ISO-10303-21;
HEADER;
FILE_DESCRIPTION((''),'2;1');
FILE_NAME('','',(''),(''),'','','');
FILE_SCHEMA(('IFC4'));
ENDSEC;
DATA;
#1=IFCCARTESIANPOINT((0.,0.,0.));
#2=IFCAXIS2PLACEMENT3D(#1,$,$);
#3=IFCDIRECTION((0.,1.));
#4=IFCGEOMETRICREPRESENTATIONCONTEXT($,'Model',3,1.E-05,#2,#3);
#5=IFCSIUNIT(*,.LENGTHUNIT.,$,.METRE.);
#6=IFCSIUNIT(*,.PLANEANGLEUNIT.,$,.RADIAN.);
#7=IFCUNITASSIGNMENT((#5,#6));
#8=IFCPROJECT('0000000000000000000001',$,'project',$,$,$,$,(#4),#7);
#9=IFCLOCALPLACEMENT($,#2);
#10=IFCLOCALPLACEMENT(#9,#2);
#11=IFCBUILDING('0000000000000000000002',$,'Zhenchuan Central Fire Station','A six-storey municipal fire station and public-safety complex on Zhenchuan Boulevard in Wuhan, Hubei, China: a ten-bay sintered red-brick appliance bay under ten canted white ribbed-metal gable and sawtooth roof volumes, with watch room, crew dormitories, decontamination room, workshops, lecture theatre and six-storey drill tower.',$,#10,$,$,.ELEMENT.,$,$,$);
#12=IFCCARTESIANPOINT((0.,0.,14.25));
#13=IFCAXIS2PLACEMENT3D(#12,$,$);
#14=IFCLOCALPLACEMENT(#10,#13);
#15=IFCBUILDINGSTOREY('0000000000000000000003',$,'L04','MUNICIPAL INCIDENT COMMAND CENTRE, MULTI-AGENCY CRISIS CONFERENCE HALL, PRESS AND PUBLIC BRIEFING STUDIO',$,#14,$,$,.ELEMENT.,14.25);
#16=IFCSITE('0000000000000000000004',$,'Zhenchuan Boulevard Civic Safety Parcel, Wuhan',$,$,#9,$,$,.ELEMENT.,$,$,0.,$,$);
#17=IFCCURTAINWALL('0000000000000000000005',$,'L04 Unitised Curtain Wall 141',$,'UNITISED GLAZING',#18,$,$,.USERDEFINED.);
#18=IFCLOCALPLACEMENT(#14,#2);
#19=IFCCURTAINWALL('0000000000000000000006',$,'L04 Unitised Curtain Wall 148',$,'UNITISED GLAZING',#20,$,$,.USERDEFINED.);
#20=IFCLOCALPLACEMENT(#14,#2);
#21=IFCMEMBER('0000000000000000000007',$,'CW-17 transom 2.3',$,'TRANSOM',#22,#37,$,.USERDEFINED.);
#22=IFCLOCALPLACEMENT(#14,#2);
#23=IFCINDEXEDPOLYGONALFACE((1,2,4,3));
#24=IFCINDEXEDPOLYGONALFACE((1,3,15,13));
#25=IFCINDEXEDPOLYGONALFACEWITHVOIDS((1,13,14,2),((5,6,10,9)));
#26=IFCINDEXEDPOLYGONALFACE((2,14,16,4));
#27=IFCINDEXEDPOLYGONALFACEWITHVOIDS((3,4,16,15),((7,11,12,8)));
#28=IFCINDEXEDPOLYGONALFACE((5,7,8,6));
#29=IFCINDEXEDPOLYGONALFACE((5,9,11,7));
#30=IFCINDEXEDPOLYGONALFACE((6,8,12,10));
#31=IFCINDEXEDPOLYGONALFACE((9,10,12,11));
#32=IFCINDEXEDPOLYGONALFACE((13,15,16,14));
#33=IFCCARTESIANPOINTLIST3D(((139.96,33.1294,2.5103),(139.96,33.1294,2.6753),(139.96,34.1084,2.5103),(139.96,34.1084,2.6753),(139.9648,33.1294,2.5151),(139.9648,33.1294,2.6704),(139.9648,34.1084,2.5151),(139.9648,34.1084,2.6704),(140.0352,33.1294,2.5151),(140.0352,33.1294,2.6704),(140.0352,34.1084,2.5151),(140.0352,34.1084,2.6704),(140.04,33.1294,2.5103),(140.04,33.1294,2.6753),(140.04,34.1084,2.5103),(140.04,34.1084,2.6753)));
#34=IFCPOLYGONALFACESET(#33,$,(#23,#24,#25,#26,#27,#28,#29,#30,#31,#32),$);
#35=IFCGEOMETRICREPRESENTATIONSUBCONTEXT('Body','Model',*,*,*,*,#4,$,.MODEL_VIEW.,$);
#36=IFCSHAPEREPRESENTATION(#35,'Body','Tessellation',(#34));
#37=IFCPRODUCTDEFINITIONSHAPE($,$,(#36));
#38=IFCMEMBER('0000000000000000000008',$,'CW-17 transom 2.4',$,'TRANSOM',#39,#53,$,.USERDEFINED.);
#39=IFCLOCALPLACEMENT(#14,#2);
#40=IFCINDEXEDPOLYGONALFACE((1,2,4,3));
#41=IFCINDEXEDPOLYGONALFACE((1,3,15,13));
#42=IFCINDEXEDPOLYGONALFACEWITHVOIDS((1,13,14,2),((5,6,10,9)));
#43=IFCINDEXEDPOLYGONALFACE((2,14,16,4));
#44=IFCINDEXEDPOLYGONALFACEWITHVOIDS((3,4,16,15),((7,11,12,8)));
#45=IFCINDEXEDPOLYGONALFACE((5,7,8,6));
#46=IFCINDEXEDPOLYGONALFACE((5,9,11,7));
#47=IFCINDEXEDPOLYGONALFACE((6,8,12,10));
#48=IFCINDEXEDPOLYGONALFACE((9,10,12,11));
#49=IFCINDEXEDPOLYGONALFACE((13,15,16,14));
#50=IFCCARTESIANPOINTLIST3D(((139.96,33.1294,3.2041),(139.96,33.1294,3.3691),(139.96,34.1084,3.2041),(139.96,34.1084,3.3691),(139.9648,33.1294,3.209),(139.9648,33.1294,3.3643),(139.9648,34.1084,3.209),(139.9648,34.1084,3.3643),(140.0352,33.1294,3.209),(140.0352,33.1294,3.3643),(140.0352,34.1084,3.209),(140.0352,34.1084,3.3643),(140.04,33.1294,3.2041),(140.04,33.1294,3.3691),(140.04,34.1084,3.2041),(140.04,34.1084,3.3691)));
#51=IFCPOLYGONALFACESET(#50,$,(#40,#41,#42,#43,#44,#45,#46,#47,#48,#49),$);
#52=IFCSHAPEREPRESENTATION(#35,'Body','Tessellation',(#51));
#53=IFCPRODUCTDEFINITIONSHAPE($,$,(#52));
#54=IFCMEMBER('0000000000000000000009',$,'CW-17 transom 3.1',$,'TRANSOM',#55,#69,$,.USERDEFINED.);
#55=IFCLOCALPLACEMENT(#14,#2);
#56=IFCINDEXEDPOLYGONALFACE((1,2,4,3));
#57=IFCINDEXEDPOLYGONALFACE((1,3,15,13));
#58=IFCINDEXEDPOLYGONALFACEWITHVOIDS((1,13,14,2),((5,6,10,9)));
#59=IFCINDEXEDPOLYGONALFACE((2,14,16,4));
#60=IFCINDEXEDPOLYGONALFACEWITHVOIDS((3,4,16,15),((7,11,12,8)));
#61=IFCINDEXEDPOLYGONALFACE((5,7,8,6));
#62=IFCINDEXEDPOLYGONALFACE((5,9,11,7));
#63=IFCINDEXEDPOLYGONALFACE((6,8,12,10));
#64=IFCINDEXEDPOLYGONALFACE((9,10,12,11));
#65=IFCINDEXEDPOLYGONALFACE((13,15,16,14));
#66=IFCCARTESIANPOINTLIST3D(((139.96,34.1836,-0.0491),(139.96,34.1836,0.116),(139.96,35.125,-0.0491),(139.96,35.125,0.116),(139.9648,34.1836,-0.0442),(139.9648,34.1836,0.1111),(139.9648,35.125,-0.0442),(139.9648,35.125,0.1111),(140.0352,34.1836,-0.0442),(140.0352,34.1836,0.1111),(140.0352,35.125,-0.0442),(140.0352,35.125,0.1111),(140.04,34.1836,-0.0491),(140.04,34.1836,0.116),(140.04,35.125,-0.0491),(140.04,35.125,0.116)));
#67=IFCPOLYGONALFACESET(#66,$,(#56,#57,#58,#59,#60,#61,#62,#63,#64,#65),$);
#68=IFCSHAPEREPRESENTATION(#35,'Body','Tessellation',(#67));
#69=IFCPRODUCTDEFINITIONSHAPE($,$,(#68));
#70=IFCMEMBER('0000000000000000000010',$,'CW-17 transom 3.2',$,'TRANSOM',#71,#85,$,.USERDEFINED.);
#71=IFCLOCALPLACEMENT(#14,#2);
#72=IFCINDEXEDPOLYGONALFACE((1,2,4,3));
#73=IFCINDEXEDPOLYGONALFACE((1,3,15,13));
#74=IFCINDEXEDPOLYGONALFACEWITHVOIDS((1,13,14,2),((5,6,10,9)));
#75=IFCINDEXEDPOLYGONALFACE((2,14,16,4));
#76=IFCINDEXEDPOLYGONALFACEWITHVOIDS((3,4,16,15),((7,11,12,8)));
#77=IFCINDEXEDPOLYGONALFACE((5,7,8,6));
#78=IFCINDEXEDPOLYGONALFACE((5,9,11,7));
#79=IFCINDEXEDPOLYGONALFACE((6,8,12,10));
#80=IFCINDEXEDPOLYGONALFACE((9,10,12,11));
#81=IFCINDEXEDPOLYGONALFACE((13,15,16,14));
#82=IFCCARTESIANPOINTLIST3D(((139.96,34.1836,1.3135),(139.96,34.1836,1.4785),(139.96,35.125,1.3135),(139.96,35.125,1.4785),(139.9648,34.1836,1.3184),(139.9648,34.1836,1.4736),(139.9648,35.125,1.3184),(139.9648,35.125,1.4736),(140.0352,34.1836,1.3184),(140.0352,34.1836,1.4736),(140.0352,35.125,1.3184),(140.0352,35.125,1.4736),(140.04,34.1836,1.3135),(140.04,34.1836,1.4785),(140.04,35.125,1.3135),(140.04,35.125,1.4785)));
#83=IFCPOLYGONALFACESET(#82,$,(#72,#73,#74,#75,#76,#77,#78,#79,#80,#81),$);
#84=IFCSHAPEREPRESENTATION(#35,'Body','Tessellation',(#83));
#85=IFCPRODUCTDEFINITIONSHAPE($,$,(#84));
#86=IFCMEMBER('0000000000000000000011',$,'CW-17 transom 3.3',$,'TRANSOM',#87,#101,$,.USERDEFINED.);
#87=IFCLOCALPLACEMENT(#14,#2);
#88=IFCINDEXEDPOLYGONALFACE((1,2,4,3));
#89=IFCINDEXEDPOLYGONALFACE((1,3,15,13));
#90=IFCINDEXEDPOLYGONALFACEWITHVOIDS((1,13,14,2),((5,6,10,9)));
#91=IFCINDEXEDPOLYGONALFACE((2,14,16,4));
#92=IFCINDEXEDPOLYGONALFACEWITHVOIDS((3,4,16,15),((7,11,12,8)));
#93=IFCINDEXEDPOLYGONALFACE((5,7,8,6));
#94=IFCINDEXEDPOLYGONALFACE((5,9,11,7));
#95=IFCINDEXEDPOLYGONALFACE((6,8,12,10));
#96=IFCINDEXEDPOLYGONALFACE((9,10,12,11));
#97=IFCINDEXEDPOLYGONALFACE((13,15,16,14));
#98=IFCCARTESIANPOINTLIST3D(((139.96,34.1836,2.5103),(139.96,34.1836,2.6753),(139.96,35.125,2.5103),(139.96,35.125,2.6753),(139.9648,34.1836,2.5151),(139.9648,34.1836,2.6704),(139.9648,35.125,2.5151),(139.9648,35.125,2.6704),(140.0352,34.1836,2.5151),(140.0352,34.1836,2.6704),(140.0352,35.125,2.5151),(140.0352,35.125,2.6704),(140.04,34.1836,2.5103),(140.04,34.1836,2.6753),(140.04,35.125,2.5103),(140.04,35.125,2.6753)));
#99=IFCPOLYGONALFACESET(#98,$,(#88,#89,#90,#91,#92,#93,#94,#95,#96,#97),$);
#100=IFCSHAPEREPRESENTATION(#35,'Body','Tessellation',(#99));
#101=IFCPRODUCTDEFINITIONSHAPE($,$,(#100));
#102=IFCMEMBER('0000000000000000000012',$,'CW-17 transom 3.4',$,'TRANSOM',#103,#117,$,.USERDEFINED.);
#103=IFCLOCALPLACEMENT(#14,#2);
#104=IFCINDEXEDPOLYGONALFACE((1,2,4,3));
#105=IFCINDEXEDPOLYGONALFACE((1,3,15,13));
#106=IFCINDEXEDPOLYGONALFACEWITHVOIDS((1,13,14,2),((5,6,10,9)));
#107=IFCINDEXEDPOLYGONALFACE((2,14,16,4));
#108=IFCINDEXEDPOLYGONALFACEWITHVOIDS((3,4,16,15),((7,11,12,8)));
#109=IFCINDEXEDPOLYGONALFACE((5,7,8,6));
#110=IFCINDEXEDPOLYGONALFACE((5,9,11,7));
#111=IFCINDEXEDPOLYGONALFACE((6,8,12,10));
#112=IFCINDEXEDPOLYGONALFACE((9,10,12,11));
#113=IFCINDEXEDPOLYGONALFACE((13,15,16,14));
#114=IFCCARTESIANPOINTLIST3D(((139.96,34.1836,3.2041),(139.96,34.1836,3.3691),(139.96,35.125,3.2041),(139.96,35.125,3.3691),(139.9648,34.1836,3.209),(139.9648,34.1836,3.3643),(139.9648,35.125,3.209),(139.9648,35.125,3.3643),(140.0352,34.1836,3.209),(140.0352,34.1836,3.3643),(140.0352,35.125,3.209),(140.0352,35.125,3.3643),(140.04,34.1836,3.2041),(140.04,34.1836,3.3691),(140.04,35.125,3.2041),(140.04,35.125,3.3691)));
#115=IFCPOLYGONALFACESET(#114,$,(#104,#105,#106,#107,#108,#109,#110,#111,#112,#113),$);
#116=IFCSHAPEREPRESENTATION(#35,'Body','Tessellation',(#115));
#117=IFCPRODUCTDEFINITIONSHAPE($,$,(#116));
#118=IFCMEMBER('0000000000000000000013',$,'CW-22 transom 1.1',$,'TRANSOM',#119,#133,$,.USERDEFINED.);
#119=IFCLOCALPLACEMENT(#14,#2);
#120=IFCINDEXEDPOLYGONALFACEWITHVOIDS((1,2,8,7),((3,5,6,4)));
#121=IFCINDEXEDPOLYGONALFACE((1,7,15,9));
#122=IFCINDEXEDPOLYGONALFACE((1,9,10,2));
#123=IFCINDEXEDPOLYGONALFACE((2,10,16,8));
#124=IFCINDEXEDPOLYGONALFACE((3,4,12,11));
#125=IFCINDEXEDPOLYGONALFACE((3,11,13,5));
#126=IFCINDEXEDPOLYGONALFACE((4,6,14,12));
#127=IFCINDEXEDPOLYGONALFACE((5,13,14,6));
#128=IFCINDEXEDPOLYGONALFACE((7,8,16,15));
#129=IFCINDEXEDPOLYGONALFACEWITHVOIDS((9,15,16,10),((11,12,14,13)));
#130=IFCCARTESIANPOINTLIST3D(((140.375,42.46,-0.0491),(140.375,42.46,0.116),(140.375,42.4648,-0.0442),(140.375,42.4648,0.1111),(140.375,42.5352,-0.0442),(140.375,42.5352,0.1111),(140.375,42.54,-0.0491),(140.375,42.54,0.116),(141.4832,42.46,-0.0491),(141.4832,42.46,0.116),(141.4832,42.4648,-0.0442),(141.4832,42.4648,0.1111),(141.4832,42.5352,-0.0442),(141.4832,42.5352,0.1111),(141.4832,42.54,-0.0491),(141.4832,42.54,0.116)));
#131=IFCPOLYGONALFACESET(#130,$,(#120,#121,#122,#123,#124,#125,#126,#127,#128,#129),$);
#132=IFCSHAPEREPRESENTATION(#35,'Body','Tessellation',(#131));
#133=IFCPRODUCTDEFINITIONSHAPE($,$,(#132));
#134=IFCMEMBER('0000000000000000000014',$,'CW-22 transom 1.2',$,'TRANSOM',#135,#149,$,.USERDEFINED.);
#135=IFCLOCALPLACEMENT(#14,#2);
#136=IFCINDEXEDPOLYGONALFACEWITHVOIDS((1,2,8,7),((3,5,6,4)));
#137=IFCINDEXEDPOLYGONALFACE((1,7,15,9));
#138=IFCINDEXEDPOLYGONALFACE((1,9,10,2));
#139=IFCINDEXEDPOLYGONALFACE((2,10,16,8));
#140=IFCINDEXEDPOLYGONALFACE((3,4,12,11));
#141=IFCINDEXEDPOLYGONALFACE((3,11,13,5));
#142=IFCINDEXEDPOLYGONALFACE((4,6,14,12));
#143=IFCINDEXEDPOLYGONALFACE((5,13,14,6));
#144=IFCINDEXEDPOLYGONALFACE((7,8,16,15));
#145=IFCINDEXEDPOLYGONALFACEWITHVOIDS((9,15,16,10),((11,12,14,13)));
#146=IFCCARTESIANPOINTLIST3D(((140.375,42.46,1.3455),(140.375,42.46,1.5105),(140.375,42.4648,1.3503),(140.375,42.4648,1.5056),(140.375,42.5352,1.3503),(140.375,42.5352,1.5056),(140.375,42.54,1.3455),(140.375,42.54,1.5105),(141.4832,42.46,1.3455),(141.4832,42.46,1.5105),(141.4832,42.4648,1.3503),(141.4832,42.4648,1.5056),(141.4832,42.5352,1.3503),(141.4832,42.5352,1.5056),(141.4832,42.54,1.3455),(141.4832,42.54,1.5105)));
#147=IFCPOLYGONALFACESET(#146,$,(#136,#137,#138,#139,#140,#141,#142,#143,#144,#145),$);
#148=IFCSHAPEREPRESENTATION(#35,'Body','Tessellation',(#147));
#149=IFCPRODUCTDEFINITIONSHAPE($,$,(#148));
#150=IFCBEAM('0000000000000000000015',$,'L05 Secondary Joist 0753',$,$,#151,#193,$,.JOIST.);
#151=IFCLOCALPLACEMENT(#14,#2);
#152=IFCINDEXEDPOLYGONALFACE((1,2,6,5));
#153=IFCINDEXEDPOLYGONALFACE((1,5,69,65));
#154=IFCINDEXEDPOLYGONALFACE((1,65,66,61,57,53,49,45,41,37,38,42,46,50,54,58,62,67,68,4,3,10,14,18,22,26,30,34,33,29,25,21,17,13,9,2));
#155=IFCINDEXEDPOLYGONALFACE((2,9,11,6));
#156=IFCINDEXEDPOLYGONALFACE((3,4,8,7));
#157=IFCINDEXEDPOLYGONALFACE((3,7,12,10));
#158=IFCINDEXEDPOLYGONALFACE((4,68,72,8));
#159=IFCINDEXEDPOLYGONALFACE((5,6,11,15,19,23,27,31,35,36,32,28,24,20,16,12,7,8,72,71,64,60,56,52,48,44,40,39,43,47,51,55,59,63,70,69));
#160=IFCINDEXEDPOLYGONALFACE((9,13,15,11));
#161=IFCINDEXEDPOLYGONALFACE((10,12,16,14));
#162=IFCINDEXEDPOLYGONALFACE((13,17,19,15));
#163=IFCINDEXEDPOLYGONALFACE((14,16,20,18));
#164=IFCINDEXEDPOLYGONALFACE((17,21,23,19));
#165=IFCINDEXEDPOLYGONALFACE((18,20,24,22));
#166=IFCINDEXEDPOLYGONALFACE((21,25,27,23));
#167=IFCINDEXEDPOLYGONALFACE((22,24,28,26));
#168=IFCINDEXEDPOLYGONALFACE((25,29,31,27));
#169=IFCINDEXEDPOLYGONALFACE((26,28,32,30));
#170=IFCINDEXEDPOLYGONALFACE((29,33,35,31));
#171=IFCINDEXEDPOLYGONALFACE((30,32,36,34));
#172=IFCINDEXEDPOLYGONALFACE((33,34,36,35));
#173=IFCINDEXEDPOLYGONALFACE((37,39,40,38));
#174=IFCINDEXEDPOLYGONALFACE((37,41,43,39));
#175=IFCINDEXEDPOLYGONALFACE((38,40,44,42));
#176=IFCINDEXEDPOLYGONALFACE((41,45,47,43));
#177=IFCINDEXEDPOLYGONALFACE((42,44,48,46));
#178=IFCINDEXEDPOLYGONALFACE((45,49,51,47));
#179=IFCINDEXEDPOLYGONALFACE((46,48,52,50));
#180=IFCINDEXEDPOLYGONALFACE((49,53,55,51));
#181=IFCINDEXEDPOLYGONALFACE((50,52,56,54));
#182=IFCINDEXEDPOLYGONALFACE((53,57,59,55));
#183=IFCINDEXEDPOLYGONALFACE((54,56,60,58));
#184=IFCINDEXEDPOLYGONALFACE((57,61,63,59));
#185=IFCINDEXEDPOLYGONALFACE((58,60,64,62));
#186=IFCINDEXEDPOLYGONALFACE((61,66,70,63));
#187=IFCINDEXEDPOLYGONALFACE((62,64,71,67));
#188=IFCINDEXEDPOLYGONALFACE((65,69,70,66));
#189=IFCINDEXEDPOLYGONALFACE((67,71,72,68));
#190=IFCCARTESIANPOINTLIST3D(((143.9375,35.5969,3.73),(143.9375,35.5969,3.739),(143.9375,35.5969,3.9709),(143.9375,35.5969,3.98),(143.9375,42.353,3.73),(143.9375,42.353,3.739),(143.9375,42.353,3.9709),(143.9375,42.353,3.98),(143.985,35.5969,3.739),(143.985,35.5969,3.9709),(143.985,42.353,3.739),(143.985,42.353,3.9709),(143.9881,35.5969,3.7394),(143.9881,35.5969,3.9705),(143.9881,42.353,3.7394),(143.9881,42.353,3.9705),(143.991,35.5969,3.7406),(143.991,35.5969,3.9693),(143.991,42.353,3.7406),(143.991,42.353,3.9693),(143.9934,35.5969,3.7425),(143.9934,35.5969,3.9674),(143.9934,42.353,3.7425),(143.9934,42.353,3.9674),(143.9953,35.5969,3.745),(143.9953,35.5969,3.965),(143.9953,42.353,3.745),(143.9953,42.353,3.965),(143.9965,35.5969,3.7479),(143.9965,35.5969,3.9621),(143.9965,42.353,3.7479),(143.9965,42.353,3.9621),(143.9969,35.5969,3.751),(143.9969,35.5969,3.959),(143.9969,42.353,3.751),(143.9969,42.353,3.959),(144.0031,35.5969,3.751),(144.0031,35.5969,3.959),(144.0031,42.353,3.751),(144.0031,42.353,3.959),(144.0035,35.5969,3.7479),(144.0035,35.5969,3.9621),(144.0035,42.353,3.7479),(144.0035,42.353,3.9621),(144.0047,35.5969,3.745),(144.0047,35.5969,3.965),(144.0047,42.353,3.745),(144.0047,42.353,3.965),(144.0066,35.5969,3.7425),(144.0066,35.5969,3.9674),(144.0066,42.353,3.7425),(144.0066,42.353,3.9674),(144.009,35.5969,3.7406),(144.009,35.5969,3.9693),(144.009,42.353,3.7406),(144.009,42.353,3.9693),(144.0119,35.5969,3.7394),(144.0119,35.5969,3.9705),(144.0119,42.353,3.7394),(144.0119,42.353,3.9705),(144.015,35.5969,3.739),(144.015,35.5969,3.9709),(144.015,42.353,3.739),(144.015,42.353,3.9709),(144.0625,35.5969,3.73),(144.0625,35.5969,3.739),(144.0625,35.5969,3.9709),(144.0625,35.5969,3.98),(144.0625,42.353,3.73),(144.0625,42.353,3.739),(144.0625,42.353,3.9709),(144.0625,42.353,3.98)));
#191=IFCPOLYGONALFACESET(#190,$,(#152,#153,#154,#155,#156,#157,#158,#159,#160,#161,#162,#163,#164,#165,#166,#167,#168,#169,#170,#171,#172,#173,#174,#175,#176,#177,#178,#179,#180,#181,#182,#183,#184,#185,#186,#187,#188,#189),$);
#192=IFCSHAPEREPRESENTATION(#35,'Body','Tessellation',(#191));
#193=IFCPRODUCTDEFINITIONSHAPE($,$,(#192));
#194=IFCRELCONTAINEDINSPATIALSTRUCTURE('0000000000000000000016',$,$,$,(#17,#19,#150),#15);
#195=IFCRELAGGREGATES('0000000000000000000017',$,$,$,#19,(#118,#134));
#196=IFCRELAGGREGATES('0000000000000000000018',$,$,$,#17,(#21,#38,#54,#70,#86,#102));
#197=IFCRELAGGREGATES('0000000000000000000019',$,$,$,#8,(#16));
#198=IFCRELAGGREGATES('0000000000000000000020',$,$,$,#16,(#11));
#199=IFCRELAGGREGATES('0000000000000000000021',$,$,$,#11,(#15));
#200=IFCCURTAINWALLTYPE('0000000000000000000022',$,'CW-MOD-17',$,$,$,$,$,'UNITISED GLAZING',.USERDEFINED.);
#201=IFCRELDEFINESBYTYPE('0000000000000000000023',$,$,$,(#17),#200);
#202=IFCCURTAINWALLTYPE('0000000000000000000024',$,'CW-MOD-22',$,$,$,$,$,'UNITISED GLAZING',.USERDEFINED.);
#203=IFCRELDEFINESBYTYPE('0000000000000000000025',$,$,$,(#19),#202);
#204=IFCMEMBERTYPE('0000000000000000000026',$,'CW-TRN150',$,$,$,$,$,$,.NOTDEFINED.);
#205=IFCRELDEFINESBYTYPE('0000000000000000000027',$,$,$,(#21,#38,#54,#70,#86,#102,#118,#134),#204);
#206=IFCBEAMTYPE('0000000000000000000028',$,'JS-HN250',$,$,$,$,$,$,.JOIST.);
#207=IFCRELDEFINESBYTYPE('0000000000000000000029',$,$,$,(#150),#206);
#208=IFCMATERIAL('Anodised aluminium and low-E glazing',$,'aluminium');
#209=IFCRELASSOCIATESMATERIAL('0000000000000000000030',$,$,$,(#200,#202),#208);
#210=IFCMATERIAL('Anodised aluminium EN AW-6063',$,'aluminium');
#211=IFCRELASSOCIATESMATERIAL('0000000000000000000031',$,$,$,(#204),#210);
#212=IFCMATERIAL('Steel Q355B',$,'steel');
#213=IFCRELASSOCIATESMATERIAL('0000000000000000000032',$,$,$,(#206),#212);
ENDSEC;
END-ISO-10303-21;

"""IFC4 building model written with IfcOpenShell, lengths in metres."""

from ifc_helpers import new_model, si_unit, direction, frame, origin, origin_2d, place, context, subcontext, project, spatial, hollow_rectangle, i_section, extrude, material, material_profile, profile_set, type_object, element, aggregate, save


model = new_model("IFC4")

# Units and contexts
model_context = context("Model", 3, precision=1e-05, world=origin(), true_north=direction((0.0, 1.0)))
body_context = subcontext(model_context, "Body", "Model", "MODEL_VIEW")
ifc_project = project(units=[si_unit("LENGTHUNIT", "METRE"), si_unit("PLANEANGLEUNIT", "RADIAN")], contexts=[model_context])

# Site, building, storey
site_placement = place(None, origin())
site = spatial("IfcSite", under=ifc_project, at=site_placement, Name="Zhenchuan Boulevard Civic Safety Parcel, Wuhan", CompositionType="ELEMENT", RefElevation=0.0)
building_placement = place(site_placement, origin())
building = spatial("IfcBuilding", under=site, at=building_placement, Name="Zhenchuan Central Fire Station", Description="A six-storey municipal fire station and public-safety complex on Zhenchuan Boulevard in Wuhan, Hubei, China: a ten-bay sintered red-brick appliance bay under ten canted white ribbed-metal gable and sawtooth roof volumes, with watch room, crew dormitories, decontamination room, workshops, lecture theatre and six-storey drill tower.", CompositionType="ELEMENT")
storey_placement = place(building_placement, frame((0.0, 0.0, 14.25)))
storey = spatial("IfcBuildingStorey", under=building, at=storey_placement, Name="L04", Description="MUNICIPAL INCIDENT COMMAND CENTRE, MULTI-AGENCY CRISIS CONFERENCE HALL, PRESS AND PUBLIC BRIEFING STUDIO", CompositionType="ELEMENT", Elevation=14.25)

# Shared definitions
ifc_material_1 = material(Name="Steel Q355B", Category="steel")

# Curtain wall
ifc_material_2 = material(Name="Anodised aluminium and low-E glazing", Category="aluminium")
curtain_wall_type_1 = type_object("IfcCurtainWallType", Name="CW-MOD-17", ElementType="UNITISED GLAZING", PredefinedType="USERDEFINED", material=ifc_material_2)
curtain_wall_1_placement = place(storey_placement, origin())
curtain_wall_1 = element("IfcCurtainWall", 1, at=curtain_wall_1_placement, inside=storey, type_object=curtain_wall_type_1, Name="L04 Unitised Curtain Wall 141", ObjectType="UNITISED GLAZING", PredefinedType="USERDEFINED")
ifc_material_3 = material(Name="Anodised aluminium EN AW-6063", Category="aluminium")

# Curtain wall
curtain_wall_type_2 = type_object("IfcCurtainWallType", Name="CW-MOD-22", ElementType="UNITISED GLAZING", PredefinedType="USERDEFINED", material=ifc_material_2)
curtain_wall_2_placement = place(storey_placement, origin())
curtain_wall_2 = element("IfcCurtainWall", 2, at=curtain_wall_2_placement, inside=storey, type_object=curtain_wall_type_2, Name="L04 Unitised Curtain Wall 148", ObjectType="UNITISED GLAZING", PredefinedType="USERDEFINED")

# Members
ifc_material_profile_1 = material_profile(ifc_material_3, hollow_rectangle(XDim=0.0801, YDim=0.165, WallThickness=0.0049, at=origin_2d()), Name="ALU-T 165x80")
ifc_profile_set_1 = profile_set([ifc_material_profile_1], Name="Anodised aluminium EN AW-6063")
member_type_1 = type_object("IfcMemberType", Name="CW-TRN150", PredefinedType="NOTDEFINED", material=ifc_profile_set_1)
member_1_placement = place(storey_placement, frame((140.0, 33.1294, 2.5928), z_axis=(0.0, 1.0, 0.0), x_axis=(-1.0, 0.0, 0.0)))
member_1 = element("IfcMember", 3, at=member_1_placement, type_object=member_type_1, Name="CW-17 transom 2.3", ObjectType="TRANSOM", PredefinedType="USERDEFINED", context=body_context, shape_type="SweptSolid", body=[
    extrude(hollow_rectangle(XDim=0.0801, YDim=0.165, WallThickness=0.0049, at=origin_2d()), origin(), (0.0, 0.0, 1.0), 0.979),
])
member_2_placement = place(storey_placement, frame((140.0, 33.1294, 3.2866), z_axis=(0.0, 1.0, 0.0), x_axis=(-1.0, 0.0, 0.0)))
member_2 = element("IfcMember", 4, at=member_2_placement, type_object=member_type_1, Name="CW-17 transom 2.4", ObjectType="TRANSOM", PredefinedType="USERDEFINED", context=body_context, shape_type="SweptSolid", body=[
    extrude(hollow_rectangle(XDim=0.0801, YDim=0.165, WallThickness=0.0049, at=origin_2d()), origin(), (0.0, 0.0, 1.0), 0.979),
])
member_3_placement = place(storey_placement, frame((140.0, 34.1836, 0.0334), z_axis=(0.0, 1.0, 0.0), x_axis=(-1.0, 0.0, 0.0)))
member_3 = element("IfcMember", 5, at=member_3_placement, type_object=member_type_1, Name="CW-17 transom 3.1", ObjectType="TRANSOM", PredefinedType="USERDEFINED", context=body_context, shape_type="SweptSolid", body=[
    extrude(hollow_rectangle(XDim=0.0801, YDim=0.165, WallThickness=0.0049, at=origin_2d()), origin(), (0.0, 0.0, 1.0), 0.9414),
])
member_4_placement = place(storey_placement, frame((140.0, 34.1836, 1.396), z_axis=(0.0, 1.0, 0.0), x_axis=(-1.0, 0.0, 0.0)))
member_4 = element("IfcMember", 6, at=member_4_placement, type_object=member_type_1, Name="CW-17 transom 3.2", ObjectType="TRANSOM", PredefinedType="USERDEFINED", context=body_context, shape_type="SweptSolid", body=[
    extrude(hollow_rectangle(XDim=0.0801, YDim=0.165, WallThickness=0.0049, at=origin_2d()), origin(), (0.0, 0.0, 1.0), 0.9414),
])
member_5_placement = place(storey_placement, frame((140.0, 34.1836, 2.5928), z_axis=(0.0, 1.0, 0.0), x_axis=(-1.0, 0.0, 0.0)))
member_5 = element("IfcMember", 7, at=member_5_placement, type_object=member_type_1, Name="CW-17 transom 3.3", ObjectType="TRANSOM", PredefinedType="USERDEFINED", context=body_context, shape_type="SweptSolid", body=[
    extrude(hollow_rectangle(XDim=0.0801, YDim=0.165, WallThickness=0.0049, at=origin_2d()), origin(), (0.0, 0.0, 1.0), 0.9414),
])
member_6_placement = place(storey_placement, frame((140.0, 34.1836, 3.2866), z_axis=(0.0, 1.0, 0.0), x_axis=(-1.0, 0.0, 0.0)))
member_6 = element("IfcMember", 8, at=member_6_placement, type_object=member_type_1, Name="CW-17 transom 3.4", ObjectType="TRANSOM", PredefinedType="USERDEFINED", context=body_context, shape_type="SweptSolid", body=[
    extrude(hollow_rectangle(XDim=0.0801, YDim=0.165, WallThickness=0.0049, at=origin_2d()), origin(), (0.0, 0.0, 1.0), 0.9414),
])
member_7_placement = place(storey_placement, frame((140.375, 42.5, 0.0334), z_axis=(1.0, 0.0, 0.0), x_axis=(0.0, 1.0, 0.0)))
member_7 = element("IfcMember", 9, at=member_7_placement, type_object=member_type_1, Name="CW-22 transom 1.1", ObjectType="TRANSOM", PredefinedType="USERDEFINED", context=body_context, shape_type="SweptSolid", body=[
    extrude(hollow_rectangle(XDim=0.0801, YDim=0.165, WallThickness=0.0049, at=origin_2d()), origin(), (0.0, 0.0, 1.0), 1.1082),
])
member_8_placement = place(storey_placement, frame((140.375, 42.5, 1.428), z_axis=(1.0, 0.0, 0.0), x_axis=(0.0, 1.0, 0.0)))
member_8 = element("IfcMember", 10, at=member_8_placement, type_object=member_type_1, Name="CW-22 transom 1.2", ObjectType="TRANSOM", PredefinedType="USERDEFINED", context=body_context, shape_type="SweptSolid", body=[
    extrude(hollow_rectangle(XDim=0.0801, YDim=0.165, WallThickness=0.0049, at=origin_2d()), origin(), (0.0, 0.0, 1.0), 1.1082),
])
aggregate(curtain_wall_2, [member_7, member_8])

# Beam
ifc_material_profile_2 = material_profile(ifc_material_1, i_section(OverallWidth=0.125, OverallDepth=0.25, WebThickness=0.0061, FlangeThickness=0.009, FilletRadius=0.012, at=origin_2d()), Name="HN 250x125")
ifc_profile_set_2 = profile_set([ifc_material_profile_2], Name="Steel Q355B")
beam_type_1 = type_object("IfcBeamType", Name="JS-HN250", PredefinedType="JOIST", material=ifc_profile_set_2)
beam_1_placement = place(storey_placement, frame((144.0, 35.5969, 3.855), z_axis=(0.0, 1.0, 0.0), x_axis=(-1.0, 0.0, 0.0)))
element("IfcBeam", 11, at=beam_1_placement, inside=storey, type_object=beam_type_1, Name="L05 Secondary Joist 0753", PredefinedType="JOIST", context=body_context, shape_type="SweptSolid", body=[
    extrude(i_section(OverallWidth=0.125, OverallDepth=0.25, WebThickness=0.0061, FlangeThickness=0.009, FilletRadius=0.012, at=origin_2d()), origin(), (0.0, 0.0, 1.0), 6.7561),
])

aggregate(curtain_wall_1, [member_1, member_2, member_3, member_4, member_5, member_6])

save(model, "model.ifc")
